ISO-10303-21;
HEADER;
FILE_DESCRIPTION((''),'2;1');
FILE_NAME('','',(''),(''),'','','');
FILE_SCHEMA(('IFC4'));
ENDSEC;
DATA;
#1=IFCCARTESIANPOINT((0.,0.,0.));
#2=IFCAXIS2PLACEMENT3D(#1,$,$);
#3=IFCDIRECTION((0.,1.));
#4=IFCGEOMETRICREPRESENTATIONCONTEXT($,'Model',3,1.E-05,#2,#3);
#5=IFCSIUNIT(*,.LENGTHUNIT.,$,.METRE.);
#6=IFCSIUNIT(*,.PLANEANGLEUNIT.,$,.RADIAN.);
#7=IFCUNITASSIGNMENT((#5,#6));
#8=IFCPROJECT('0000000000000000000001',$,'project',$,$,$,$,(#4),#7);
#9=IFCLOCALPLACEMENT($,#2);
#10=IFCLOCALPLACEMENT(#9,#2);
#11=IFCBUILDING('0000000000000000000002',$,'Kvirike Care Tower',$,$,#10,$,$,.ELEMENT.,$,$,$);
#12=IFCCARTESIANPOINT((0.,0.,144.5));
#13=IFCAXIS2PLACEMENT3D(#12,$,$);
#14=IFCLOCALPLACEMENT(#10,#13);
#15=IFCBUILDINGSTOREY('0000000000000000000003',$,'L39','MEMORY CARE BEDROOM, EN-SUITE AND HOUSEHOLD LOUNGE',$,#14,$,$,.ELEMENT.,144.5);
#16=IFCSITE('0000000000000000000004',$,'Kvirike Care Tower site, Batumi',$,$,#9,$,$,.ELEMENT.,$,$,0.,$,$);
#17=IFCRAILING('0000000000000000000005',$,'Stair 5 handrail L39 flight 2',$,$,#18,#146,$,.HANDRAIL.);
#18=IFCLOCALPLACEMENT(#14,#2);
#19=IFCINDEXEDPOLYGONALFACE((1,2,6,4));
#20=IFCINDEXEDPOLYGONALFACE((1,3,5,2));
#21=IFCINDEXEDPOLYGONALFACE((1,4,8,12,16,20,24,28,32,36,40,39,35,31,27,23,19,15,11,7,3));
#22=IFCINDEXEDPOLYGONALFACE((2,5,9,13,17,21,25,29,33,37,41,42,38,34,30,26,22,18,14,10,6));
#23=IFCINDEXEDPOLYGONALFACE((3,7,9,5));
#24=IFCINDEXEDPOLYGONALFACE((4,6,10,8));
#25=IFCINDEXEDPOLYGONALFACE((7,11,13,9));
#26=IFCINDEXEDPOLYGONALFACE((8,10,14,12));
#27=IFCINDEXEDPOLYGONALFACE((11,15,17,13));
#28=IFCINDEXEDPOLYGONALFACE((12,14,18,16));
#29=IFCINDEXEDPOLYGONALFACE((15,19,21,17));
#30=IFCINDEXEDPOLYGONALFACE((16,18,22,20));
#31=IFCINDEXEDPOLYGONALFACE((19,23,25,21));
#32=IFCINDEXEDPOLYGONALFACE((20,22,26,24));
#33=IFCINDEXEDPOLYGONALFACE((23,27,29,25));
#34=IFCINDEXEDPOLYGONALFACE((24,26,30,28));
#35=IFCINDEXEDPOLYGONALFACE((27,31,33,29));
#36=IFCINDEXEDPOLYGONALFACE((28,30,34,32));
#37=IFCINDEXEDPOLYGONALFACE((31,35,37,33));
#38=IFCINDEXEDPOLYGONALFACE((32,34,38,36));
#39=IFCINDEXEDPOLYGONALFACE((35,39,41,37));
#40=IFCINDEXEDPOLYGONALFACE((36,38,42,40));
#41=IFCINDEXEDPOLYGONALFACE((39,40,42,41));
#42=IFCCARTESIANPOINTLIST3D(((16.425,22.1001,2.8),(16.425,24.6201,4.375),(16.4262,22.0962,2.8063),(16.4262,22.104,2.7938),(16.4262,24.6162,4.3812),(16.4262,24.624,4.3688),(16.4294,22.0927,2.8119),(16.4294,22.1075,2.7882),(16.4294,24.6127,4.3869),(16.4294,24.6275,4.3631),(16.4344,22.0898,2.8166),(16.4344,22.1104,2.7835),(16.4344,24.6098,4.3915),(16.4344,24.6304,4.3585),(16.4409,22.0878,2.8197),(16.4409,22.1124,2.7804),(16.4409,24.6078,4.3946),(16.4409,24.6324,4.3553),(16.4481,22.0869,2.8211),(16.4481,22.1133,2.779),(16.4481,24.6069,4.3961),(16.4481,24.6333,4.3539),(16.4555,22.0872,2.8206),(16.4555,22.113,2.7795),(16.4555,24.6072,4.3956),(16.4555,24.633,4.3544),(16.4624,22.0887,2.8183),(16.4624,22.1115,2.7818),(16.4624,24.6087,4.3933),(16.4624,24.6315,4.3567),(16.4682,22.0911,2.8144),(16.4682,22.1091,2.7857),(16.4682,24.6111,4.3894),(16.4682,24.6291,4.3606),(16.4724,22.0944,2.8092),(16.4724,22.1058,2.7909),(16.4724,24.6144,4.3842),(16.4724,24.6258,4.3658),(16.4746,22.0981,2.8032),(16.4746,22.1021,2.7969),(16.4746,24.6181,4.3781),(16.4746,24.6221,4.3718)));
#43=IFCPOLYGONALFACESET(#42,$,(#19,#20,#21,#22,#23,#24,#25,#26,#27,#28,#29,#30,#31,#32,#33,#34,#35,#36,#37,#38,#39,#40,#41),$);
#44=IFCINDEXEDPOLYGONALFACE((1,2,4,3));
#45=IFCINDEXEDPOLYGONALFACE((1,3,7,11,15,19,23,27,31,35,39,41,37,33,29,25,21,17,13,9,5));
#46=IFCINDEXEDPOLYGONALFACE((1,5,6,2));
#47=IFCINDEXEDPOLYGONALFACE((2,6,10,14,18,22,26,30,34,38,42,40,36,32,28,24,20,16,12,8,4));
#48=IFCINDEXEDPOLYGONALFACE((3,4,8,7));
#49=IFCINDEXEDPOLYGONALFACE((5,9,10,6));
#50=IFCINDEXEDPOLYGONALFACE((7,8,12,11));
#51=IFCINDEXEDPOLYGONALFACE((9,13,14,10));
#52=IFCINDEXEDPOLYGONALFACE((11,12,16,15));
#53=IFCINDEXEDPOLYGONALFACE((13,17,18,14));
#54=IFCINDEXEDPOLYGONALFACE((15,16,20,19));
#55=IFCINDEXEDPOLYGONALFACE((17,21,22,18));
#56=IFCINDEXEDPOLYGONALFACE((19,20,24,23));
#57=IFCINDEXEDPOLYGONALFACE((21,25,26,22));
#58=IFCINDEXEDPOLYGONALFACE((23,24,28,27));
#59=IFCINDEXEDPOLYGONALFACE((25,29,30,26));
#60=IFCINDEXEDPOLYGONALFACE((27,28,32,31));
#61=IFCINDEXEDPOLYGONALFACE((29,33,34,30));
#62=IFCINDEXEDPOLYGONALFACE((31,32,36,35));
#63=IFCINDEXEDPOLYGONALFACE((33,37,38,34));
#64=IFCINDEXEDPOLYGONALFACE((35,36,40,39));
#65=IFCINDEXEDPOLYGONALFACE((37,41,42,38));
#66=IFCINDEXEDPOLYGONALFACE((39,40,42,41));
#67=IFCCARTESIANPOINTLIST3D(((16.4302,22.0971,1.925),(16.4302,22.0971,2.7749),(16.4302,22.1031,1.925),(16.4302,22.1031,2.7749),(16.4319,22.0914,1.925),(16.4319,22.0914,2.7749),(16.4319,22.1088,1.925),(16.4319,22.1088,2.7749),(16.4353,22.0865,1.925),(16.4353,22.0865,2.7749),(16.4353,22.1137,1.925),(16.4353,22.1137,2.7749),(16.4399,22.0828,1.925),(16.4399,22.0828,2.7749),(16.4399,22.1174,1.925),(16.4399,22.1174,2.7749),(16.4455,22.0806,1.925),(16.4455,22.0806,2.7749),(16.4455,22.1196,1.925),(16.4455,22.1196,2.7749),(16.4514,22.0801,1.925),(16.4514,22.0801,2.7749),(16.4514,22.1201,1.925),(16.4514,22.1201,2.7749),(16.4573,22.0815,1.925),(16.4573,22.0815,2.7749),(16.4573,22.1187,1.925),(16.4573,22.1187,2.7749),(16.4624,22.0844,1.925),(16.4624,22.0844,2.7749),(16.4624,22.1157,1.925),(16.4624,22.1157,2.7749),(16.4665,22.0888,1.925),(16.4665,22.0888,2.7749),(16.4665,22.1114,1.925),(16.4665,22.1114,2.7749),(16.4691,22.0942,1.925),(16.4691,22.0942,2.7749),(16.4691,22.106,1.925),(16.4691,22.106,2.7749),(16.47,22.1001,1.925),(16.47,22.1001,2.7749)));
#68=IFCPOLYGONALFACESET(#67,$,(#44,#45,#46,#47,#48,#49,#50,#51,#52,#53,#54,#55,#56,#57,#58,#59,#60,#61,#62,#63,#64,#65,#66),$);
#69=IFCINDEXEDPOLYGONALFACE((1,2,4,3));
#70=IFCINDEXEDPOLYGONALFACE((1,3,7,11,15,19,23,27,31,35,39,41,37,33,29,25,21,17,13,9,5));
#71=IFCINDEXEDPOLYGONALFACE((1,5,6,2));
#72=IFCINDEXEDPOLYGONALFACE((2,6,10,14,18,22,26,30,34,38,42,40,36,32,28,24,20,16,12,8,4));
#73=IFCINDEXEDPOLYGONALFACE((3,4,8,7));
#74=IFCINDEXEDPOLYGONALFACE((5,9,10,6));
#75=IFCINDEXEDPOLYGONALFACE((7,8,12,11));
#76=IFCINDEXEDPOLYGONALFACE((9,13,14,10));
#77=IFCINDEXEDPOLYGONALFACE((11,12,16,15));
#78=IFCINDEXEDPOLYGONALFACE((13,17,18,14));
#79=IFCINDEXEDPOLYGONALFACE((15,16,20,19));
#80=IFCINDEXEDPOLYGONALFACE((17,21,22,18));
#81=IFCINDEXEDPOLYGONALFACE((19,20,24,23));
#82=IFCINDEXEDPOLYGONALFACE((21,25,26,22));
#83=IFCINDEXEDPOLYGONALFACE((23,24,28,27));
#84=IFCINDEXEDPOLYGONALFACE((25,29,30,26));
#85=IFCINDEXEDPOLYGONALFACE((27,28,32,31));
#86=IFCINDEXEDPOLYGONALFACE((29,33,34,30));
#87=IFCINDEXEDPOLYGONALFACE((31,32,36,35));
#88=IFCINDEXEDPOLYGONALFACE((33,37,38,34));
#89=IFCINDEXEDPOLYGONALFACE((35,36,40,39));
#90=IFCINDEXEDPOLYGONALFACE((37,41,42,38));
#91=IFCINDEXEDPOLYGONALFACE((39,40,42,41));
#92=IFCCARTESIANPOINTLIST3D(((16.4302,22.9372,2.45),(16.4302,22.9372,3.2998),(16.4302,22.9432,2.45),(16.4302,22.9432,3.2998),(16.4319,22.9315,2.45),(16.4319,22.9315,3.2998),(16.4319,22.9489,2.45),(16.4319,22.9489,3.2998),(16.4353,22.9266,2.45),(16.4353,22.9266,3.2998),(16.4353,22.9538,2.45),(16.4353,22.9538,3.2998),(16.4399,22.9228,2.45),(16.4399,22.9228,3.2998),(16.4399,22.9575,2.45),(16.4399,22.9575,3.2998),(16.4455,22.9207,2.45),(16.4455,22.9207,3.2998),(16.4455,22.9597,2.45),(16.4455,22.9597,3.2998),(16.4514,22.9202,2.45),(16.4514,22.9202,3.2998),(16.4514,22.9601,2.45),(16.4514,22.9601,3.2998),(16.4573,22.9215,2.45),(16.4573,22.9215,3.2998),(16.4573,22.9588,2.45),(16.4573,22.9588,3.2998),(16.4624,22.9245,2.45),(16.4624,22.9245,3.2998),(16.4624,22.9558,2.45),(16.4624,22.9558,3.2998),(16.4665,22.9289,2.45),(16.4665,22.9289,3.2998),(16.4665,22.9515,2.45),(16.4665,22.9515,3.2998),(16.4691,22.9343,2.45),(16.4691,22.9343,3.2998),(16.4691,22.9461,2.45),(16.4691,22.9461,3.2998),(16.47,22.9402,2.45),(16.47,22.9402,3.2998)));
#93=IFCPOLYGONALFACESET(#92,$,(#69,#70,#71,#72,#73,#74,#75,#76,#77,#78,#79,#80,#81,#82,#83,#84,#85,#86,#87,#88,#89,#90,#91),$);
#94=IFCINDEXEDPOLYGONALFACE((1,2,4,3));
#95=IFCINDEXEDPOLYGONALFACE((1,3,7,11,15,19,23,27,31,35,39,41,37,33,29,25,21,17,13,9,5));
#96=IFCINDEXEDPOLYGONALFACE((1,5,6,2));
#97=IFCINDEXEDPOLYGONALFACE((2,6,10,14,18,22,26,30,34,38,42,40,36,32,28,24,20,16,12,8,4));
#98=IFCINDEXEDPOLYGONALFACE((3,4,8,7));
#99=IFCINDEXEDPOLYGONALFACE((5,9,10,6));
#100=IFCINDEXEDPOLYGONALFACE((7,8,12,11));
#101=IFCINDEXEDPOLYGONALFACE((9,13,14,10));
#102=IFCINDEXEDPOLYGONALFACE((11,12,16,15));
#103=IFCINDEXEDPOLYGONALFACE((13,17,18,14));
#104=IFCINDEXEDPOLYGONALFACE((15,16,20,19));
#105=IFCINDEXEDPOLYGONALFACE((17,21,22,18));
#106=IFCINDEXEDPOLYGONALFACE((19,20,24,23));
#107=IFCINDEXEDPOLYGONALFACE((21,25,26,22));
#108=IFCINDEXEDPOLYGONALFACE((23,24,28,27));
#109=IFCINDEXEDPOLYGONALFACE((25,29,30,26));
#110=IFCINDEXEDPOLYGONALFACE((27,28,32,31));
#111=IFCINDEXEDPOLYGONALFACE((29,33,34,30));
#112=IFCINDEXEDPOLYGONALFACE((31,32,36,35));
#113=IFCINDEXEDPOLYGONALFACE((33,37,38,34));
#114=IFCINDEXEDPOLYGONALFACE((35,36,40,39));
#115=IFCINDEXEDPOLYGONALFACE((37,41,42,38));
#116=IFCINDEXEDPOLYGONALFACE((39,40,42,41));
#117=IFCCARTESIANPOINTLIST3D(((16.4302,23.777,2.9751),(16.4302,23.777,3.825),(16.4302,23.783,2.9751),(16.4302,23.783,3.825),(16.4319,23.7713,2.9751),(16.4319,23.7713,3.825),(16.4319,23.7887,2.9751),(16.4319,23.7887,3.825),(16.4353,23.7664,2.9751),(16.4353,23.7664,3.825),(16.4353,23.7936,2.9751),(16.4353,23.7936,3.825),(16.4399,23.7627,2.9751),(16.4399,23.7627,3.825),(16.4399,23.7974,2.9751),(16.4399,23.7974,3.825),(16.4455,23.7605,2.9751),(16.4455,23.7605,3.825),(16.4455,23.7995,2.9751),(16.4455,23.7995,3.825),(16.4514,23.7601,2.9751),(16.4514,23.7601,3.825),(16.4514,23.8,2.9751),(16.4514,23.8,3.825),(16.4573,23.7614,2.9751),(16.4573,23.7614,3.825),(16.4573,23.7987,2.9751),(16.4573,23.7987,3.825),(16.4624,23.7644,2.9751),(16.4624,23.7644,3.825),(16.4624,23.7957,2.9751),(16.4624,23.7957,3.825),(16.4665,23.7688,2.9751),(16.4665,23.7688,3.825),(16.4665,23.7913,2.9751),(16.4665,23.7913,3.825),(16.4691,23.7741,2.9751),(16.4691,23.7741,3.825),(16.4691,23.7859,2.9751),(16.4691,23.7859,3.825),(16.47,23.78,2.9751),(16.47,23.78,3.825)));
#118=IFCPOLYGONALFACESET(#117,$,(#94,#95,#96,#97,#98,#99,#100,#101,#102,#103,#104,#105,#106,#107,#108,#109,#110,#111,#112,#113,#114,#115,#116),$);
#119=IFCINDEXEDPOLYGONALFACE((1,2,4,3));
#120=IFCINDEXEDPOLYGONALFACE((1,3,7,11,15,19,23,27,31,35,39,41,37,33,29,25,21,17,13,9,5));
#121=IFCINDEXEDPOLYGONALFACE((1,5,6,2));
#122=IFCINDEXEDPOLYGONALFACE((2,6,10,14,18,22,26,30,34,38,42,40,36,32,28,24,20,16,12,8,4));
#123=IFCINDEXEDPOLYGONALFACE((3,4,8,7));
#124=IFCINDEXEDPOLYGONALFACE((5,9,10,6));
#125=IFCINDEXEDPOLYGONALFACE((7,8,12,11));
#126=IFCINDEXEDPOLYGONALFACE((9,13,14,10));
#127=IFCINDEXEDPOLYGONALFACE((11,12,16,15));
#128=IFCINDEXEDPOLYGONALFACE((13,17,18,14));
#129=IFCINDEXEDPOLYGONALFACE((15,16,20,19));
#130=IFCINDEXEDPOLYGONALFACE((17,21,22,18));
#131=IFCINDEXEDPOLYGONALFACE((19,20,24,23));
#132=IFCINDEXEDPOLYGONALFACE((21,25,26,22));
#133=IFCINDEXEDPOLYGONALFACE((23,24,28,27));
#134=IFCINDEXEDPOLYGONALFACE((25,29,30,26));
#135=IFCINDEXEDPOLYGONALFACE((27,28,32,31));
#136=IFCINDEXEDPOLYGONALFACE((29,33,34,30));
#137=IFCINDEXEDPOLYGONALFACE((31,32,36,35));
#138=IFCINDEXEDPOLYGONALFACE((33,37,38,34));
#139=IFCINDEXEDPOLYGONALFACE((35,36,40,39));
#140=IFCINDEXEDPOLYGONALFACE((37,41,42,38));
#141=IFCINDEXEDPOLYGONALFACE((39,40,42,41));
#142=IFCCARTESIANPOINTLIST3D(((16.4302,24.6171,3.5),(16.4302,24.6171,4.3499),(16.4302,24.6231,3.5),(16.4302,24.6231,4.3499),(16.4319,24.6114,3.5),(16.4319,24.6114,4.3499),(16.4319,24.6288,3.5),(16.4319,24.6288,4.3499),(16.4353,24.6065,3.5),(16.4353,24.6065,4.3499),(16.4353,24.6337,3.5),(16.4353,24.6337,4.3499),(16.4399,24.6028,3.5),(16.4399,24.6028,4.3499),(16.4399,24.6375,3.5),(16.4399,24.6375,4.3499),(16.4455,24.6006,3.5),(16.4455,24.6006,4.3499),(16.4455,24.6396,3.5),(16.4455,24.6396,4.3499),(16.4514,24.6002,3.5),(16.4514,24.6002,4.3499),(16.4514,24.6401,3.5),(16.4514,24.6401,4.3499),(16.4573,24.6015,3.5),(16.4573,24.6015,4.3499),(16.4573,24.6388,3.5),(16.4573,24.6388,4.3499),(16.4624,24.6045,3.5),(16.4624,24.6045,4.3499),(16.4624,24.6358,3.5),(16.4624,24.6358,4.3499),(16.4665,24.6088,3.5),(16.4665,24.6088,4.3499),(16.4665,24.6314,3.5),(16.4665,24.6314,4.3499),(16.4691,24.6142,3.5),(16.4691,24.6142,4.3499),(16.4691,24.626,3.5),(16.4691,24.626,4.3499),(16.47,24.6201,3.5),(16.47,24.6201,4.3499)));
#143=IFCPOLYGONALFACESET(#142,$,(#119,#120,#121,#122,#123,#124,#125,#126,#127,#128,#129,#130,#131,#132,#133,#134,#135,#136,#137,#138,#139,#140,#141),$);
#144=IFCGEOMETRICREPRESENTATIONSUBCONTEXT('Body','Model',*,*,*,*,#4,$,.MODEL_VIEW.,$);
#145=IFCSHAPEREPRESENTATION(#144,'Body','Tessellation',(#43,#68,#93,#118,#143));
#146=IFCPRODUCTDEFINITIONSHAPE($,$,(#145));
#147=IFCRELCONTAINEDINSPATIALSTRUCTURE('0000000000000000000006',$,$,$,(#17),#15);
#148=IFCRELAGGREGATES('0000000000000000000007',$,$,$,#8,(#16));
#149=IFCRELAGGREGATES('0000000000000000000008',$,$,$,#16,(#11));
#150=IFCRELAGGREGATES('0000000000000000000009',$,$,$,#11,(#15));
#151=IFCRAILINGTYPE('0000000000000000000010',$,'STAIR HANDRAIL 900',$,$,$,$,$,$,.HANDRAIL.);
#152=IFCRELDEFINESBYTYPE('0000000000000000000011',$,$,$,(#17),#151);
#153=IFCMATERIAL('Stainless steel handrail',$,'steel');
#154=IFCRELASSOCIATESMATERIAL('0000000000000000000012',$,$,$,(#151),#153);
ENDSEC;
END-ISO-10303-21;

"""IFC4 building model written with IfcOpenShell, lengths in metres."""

from ifc_helpers import new_model, si_unit, direction, frame, origin, origin_2d, place, context, subcontext, project, spatial, circle, extrude, material, type_object, element, save


model = new_model("IFC4")

# Units and contexts
model_context = context("Model", 3, precision=1e-05, world=origin(), true_north=direction((0.0, 1.0)))
body_context = subcontext(model_context, "Body", "Model", "MODEL_VIEW")
ifc_project = project(units=[si_unit("LENGTHUNIT", "METRE"), si_unit("PLANEANGLEUNIT", "RADIAN")], contexts=[model_context])

# Site, building, storey
site_placement = place(None, origin())
site = spatial("IfcSite", under=ifc_project, at=site_placement, Name="Kvirike Care Tower site, Batumi", CompositionType="ELEMENT", RefElevation=0.0)
building_placement = place(site_placement, origin())
building = spatial("IfcBuilding", under=site, at=building_placement, Name="Kvirike Care Tower", CompositionType="ELEMENT")
storey_placement = place(building_placement, frame((0.0, 0.0, 144.5)))
storey = spatial("IfcBuildingStorey", under=building, at=storey_placement, Name="L39", Description="MEMORY CARE BEDROOM, EN-SUITE AND HOUSEHOLD LOUNGE", CompositionType="ELEMENT", Elevation=144.5)

# Railing
ifc_material_1 = material(Name="Stainless steel handrail", Category="steel")
railing_type = type_object("IfcRailingType", Name="STAIR HANDRAIL 900", PredefinedType="HANDRAIL", material=ifc_material_1)
railing_placement = place(storey_placement, frame((16.45, 22.1001, 1.925)))
element("IfcRailing", 1, at=railing_placement, inside=storey, type_object=railing_type, Name="Stair 5 handrail L39 flight 2", PredefinedType="HANDRAIL", context=body_context, shape_type="SweptSolid", body=[
    extrude(circle(Radius=0.0249, at=origin_2d()), frame((0.0, 0.0, 0.875), z_axis=(0.0, 0.848008, 0.529984), x_axis=(-1.0, 0.0, 0.0)), (0.0, 0.0, 1.0), 2.9717),
    extrude(circle(Radius=0.02, at=origin_2d()), origin(), (0.0, 0.0, 1.0), 0.8499),
    extrude(circle(Radius=0.02, at=origin_2d()), frame((0.0, 0.8401, 0.5249)), (0.0, 0.0, 1.0), 0.8499),
    extrude(circle(Radius=0.02, at=origin_2d()), frame((0.0, 1.6799, 1.05)), (0.0, 0.0, 1.0), 0.8499),
    extrude(circle(Radius=0.02, at=origin_2d()), frame((0.0, 2.52, 1.575)), (0.0, 0.0, 1.0), 0.8499),
])

save(model, "model.ifc")
